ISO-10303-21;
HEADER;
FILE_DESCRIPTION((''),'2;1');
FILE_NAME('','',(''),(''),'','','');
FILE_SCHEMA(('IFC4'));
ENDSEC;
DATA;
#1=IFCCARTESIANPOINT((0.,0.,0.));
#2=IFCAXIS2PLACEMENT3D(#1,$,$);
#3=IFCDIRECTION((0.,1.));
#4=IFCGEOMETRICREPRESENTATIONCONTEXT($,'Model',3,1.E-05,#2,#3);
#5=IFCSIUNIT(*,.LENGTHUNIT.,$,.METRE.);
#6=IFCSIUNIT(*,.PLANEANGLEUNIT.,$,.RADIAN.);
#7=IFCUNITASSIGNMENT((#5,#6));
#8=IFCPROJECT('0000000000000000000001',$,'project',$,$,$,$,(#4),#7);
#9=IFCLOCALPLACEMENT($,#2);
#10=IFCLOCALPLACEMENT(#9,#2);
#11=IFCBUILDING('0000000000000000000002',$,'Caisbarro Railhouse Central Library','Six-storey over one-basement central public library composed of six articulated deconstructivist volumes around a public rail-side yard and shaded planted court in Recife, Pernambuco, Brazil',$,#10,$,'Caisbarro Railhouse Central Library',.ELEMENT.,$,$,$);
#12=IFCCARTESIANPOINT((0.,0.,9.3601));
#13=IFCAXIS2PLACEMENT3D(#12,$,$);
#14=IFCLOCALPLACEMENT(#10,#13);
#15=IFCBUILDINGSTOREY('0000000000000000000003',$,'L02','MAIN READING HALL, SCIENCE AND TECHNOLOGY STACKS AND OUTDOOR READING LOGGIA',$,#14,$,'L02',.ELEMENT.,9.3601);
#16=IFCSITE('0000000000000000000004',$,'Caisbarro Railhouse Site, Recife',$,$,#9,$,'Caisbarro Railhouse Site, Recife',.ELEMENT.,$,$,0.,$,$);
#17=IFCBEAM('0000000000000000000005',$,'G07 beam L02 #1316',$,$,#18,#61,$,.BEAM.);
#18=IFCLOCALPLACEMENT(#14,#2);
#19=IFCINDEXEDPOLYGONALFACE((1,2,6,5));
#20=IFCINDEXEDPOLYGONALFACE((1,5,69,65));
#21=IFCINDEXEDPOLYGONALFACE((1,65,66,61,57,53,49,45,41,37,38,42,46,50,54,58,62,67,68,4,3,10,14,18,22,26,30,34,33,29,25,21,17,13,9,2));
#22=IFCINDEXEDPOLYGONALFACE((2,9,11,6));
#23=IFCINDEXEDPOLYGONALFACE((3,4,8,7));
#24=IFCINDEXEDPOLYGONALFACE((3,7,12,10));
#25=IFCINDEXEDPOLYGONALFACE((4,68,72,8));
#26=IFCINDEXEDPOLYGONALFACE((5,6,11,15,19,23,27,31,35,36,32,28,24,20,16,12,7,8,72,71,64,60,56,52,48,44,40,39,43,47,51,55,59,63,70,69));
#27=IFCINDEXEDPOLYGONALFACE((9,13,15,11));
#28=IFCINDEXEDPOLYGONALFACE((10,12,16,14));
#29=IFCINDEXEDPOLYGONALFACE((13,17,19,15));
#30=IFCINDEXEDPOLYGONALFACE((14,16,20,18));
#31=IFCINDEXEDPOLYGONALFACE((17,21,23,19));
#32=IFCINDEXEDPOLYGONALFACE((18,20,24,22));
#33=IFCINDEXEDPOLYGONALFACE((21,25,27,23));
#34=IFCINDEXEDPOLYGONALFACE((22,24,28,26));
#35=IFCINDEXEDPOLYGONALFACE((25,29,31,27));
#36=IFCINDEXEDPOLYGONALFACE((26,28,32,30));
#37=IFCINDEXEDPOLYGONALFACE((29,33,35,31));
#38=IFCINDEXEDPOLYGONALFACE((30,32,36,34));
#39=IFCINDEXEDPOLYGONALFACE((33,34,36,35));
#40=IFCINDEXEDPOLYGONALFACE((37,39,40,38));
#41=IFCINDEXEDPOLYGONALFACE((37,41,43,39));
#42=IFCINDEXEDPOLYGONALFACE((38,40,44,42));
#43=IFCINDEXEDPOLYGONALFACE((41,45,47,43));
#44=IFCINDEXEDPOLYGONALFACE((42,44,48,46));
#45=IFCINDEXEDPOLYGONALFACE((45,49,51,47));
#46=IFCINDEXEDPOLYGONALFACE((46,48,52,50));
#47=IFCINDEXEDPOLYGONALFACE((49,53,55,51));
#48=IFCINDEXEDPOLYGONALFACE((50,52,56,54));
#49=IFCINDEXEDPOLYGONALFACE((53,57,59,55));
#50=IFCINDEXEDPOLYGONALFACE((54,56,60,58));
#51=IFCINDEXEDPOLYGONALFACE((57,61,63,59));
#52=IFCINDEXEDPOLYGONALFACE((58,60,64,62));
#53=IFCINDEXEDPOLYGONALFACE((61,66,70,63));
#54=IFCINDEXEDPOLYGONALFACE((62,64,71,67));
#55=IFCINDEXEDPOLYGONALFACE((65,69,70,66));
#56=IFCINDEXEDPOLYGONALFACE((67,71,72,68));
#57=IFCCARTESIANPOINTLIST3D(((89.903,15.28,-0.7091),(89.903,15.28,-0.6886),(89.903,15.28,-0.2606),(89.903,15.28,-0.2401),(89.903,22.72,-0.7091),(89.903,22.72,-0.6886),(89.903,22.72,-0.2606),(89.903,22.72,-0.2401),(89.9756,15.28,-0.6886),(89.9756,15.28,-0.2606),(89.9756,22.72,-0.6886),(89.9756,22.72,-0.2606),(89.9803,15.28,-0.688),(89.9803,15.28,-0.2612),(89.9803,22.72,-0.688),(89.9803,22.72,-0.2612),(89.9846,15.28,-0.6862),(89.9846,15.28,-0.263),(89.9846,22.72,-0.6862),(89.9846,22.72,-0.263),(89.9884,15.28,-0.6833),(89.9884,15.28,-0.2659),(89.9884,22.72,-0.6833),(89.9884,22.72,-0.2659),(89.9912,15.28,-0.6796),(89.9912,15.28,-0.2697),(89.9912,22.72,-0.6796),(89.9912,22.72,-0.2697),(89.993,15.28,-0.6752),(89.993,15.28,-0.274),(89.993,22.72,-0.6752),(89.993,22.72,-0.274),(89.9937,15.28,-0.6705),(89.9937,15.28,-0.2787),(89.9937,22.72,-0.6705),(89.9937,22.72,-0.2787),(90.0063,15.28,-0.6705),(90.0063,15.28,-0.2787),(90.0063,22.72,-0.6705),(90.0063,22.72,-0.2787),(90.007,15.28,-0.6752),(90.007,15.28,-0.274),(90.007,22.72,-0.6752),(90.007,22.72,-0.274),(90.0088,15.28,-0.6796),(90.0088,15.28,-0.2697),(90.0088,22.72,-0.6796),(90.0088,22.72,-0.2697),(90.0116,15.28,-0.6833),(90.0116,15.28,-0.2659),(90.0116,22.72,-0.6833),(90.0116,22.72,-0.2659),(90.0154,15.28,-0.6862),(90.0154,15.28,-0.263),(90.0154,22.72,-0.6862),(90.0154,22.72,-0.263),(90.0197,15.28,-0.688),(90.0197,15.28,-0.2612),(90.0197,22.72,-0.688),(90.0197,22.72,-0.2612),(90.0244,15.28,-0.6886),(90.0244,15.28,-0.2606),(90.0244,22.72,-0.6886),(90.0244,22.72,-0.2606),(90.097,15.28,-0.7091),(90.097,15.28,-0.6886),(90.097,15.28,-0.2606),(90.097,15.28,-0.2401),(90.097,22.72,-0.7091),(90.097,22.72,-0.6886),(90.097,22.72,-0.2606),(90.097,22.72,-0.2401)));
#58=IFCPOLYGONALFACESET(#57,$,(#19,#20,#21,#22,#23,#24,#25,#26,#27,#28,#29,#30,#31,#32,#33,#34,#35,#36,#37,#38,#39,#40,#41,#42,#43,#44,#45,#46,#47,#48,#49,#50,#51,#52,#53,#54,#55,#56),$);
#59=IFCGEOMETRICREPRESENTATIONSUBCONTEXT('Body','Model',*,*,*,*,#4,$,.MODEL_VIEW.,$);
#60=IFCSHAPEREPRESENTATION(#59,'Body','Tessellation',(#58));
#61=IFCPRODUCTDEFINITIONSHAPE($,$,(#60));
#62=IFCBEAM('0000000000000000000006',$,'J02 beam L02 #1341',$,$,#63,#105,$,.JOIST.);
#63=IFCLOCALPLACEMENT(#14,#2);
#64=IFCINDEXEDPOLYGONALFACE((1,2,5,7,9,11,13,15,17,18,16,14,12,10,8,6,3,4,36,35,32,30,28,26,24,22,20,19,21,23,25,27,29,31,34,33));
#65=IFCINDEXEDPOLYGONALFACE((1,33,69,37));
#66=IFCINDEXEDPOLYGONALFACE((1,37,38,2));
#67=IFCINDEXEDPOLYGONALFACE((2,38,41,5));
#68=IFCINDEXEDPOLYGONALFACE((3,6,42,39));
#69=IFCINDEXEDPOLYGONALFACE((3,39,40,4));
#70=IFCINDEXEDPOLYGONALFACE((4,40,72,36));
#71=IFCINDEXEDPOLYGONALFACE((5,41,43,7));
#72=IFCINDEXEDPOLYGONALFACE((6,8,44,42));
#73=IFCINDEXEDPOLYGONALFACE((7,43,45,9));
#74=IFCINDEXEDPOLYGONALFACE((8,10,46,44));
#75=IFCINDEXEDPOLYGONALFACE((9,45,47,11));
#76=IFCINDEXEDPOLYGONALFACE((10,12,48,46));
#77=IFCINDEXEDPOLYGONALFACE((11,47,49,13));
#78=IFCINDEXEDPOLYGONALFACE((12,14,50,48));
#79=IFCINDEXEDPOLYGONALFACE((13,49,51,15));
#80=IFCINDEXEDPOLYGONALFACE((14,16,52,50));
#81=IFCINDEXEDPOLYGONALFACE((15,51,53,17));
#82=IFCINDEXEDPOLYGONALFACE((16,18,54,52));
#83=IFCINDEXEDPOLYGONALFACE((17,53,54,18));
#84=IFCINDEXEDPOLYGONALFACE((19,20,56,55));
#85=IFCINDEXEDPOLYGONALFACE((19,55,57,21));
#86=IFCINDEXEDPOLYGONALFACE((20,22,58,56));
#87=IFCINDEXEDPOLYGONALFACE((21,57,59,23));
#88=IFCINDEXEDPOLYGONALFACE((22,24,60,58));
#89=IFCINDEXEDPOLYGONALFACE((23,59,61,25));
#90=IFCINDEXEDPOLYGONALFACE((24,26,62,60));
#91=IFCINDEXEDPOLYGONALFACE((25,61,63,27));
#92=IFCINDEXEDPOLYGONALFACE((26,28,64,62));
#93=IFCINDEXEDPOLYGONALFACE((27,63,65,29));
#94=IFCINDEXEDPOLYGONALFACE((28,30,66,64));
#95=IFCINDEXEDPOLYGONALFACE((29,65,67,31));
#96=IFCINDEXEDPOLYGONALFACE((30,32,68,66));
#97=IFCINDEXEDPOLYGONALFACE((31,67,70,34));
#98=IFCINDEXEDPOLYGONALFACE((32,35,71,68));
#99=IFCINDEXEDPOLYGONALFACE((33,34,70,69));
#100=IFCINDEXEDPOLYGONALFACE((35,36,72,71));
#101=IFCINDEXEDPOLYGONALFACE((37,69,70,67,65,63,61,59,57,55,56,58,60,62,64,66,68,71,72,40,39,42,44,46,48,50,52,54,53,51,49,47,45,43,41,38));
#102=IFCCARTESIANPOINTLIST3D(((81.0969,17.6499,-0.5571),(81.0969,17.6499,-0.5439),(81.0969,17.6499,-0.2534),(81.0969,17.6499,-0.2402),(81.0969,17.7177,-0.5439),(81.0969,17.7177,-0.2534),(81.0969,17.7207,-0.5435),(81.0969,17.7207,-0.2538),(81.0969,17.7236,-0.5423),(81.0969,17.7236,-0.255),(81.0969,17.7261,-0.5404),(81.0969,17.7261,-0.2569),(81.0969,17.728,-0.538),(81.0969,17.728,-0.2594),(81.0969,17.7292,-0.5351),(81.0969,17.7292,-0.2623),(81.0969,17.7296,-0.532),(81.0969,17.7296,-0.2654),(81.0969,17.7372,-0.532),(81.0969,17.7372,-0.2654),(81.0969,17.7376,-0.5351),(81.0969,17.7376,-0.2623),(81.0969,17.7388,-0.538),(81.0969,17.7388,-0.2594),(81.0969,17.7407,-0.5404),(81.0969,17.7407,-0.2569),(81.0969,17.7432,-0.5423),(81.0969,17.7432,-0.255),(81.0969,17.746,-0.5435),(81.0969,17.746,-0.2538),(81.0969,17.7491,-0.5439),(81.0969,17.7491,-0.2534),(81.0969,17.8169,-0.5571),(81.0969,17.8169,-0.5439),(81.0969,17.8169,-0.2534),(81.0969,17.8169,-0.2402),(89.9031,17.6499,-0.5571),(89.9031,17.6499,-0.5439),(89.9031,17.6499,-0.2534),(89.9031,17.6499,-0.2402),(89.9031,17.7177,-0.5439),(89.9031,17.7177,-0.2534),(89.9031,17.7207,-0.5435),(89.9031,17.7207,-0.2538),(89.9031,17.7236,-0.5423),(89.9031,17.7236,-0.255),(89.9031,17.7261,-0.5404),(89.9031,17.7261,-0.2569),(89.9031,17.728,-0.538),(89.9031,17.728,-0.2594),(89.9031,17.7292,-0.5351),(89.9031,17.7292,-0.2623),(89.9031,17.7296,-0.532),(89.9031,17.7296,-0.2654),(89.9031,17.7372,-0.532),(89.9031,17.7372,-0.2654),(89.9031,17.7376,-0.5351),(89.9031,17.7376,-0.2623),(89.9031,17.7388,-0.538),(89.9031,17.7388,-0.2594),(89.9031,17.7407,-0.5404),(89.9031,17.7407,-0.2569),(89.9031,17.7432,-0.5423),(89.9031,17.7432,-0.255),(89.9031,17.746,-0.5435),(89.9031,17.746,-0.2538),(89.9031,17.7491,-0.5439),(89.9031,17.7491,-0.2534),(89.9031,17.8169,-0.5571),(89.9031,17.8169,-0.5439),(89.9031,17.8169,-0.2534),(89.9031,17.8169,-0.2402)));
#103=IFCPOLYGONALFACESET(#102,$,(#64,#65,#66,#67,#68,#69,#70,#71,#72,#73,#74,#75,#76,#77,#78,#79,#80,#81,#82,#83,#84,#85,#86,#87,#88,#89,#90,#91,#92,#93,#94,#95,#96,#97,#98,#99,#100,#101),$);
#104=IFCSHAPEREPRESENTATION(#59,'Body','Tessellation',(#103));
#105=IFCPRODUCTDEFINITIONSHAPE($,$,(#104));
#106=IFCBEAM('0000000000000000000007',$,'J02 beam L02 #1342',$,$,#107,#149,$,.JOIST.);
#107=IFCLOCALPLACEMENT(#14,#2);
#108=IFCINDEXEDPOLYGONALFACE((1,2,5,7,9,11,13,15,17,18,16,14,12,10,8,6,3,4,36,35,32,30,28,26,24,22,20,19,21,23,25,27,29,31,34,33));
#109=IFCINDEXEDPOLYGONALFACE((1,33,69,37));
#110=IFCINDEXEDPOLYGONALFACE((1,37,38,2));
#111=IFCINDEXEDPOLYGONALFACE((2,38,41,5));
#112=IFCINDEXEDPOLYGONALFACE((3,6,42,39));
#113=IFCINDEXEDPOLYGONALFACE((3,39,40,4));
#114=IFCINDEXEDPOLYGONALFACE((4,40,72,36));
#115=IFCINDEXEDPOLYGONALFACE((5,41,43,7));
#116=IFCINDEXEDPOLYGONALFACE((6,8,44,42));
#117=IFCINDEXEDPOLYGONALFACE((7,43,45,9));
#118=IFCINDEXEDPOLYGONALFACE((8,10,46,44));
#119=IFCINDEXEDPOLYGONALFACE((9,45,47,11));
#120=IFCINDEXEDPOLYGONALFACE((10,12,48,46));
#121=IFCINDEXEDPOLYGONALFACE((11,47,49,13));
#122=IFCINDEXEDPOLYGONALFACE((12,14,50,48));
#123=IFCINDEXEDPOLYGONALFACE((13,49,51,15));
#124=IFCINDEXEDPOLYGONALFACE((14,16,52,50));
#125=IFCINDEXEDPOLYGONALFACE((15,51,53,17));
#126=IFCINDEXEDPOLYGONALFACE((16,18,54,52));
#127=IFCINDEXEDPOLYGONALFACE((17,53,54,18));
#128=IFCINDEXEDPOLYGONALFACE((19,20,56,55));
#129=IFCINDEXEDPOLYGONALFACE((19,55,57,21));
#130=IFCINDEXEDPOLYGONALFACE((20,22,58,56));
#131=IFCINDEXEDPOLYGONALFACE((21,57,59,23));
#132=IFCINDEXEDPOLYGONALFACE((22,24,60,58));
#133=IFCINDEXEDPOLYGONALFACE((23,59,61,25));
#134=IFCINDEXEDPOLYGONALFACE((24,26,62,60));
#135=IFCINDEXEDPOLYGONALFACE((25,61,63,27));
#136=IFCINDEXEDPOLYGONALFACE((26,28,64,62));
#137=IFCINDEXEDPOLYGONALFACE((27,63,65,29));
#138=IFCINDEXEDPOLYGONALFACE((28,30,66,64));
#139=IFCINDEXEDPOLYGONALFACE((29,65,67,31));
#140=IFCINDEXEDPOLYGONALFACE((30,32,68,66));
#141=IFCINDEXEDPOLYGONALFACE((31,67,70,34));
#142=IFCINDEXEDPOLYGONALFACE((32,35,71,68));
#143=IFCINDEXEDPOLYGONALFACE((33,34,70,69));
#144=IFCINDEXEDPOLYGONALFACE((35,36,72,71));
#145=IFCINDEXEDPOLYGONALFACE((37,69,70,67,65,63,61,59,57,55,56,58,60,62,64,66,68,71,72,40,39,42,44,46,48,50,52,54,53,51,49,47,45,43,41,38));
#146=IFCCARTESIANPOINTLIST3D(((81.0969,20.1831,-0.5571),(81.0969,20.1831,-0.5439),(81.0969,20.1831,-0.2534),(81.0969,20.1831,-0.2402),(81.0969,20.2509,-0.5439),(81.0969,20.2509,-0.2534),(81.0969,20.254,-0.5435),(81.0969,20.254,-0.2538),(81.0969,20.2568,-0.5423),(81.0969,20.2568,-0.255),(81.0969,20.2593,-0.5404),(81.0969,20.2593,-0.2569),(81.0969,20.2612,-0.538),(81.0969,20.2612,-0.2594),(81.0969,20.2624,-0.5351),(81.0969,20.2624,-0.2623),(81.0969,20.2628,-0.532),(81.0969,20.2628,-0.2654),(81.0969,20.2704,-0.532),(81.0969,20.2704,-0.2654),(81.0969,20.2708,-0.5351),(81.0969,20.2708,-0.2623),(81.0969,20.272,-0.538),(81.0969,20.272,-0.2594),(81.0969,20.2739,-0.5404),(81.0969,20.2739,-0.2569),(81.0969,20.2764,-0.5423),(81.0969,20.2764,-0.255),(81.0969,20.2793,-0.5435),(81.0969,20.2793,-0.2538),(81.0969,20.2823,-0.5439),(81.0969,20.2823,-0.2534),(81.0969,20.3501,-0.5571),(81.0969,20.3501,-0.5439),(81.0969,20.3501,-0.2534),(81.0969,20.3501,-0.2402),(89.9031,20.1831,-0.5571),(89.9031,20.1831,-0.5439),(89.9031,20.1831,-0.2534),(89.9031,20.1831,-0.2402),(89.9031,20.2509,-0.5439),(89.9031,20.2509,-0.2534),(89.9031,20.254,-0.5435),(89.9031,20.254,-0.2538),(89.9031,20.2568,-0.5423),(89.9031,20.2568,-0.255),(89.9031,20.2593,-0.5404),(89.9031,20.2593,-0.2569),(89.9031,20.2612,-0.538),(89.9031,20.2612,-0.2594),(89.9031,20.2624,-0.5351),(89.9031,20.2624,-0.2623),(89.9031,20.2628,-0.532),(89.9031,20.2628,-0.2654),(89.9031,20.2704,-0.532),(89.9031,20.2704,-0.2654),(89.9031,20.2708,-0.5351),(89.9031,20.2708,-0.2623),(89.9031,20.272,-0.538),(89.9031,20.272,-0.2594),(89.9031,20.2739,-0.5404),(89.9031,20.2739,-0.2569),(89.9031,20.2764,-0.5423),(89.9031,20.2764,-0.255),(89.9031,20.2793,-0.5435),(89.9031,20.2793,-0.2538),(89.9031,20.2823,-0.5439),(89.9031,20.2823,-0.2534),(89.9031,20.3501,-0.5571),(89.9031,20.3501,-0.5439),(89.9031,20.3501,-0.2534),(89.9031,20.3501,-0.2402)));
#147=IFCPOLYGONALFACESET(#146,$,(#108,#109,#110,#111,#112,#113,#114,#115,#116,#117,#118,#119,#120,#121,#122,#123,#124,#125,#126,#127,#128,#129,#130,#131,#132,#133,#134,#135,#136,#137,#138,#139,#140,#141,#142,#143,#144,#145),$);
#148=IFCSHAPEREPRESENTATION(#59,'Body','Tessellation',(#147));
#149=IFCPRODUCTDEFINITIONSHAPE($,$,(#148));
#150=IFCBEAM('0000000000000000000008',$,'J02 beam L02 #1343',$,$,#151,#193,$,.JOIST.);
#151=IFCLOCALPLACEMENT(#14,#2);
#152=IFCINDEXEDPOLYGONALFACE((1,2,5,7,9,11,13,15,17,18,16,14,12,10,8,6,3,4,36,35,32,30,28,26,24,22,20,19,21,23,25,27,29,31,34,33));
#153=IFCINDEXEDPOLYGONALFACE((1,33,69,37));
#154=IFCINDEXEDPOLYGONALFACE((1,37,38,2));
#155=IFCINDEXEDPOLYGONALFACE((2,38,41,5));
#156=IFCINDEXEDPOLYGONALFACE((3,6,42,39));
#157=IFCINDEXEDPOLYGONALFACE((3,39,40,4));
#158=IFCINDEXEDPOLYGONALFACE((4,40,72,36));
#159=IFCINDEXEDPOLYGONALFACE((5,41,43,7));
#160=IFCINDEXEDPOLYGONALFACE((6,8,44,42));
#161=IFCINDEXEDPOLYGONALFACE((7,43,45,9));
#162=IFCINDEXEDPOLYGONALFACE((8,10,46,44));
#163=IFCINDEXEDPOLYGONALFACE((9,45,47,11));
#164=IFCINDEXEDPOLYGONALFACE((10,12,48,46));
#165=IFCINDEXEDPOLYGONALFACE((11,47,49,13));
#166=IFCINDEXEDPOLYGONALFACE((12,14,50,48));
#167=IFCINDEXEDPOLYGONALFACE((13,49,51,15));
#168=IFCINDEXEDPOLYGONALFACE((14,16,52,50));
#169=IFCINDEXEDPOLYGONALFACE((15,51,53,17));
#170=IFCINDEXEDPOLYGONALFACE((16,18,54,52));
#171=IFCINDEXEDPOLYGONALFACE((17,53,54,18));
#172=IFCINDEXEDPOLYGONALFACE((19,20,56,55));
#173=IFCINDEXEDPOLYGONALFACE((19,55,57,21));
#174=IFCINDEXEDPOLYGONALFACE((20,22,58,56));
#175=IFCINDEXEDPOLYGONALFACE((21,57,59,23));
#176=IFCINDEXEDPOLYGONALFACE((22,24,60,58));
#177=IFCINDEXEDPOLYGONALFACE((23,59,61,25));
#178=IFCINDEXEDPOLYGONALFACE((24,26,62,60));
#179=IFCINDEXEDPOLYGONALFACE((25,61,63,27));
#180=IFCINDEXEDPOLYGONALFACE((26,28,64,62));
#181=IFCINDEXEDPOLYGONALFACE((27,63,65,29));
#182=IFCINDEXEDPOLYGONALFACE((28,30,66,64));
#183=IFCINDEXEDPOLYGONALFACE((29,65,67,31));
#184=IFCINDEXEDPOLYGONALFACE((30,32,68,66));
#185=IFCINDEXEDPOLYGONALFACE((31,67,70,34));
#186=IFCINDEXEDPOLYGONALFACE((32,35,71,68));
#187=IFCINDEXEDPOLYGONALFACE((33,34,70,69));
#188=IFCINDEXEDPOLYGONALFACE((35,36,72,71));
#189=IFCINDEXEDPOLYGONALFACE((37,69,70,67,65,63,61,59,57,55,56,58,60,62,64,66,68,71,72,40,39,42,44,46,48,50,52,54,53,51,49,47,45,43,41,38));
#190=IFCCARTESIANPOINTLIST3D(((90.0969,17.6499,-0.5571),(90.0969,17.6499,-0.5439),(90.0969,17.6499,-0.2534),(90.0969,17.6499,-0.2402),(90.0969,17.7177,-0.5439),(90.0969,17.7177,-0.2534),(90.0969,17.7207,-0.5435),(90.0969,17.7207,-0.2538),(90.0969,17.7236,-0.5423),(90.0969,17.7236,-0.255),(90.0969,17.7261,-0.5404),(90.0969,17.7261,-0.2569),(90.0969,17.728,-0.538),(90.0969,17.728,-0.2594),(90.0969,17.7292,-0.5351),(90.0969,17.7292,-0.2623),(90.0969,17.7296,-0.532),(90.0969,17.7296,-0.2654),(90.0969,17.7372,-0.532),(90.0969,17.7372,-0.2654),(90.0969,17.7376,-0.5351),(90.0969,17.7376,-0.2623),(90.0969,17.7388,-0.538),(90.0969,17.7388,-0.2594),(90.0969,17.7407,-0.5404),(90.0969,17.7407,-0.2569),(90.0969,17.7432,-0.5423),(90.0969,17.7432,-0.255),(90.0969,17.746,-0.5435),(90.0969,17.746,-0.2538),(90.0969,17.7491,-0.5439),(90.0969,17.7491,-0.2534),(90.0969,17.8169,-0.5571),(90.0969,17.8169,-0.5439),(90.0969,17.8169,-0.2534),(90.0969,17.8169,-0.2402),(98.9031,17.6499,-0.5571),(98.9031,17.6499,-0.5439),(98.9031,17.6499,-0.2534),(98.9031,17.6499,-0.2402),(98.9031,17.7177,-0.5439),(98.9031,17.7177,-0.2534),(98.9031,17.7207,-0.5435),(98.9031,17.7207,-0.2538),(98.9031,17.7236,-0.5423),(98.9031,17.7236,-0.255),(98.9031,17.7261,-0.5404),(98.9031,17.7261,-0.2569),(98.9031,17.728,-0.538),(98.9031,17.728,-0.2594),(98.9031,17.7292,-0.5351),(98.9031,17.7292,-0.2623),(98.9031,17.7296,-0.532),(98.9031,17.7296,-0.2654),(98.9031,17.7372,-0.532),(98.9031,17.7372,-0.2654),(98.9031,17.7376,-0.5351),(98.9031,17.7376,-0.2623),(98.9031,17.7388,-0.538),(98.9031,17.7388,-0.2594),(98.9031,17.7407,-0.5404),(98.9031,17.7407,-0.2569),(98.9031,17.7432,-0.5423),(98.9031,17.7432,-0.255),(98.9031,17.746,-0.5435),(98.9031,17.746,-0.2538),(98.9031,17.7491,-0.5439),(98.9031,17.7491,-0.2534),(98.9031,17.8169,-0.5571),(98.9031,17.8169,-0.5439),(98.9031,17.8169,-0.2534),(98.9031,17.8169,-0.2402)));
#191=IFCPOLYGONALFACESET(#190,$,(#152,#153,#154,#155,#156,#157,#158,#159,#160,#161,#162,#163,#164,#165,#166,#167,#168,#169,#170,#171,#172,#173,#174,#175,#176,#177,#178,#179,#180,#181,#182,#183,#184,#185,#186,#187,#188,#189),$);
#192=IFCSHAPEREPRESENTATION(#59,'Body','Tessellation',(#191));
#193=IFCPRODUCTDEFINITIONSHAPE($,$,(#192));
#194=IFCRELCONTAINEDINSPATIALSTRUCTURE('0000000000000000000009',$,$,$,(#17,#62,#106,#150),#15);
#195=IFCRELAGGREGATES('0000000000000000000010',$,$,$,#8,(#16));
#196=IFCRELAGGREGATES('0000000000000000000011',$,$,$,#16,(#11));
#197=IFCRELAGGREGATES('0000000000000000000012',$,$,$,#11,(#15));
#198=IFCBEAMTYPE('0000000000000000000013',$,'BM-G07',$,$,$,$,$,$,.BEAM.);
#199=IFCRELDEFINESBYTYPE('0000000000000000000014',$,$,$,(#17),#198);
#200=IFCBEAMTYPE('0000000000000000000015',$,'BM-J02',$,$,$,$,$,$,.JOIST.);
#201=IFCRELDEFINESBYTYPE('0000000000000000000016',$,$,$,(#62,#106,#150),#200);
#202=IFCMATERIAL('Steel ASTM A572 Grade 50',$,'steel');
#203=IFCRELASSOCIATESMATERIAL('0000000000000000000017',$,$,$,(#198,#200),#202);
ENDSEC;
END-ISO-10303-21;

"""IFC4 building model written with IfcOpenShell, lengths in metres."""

from ifc_helpers import new_model, si_unit, direction, frame, origin, origin_2d, place, context, subcontext, project, spatial, i_section, extrude, material, material_profile, profile_set, type_object, element, save


model = new_model("IFC4")

# Units and contexts
model_context = context("Model", 3, precision=1e-05, world=origin(), true_north=direction((0.0, 1.0)))
body_context = subcontext(model_context, "Body", "Model", "MODEL_VIEW")
ifc_project = project(units=[si_unit("LENGTHUNIT", "METRE"), si_unit("PLANEANGLEUNIT", "RADIAN")], contexts=[model_context])

# Site, building, storey
site_placement = place(None, origin())
site = spatial("IfcSite", under=ifc_project, at=site_placement, Name="Caisbarro Railhouse Site, Recife", LongName="Caisbarro Railhouse Site, Recife", CompositionType="ELEMENT", RefElevation=0.0)
building_placement = place(site_placement, origin())
building = spatial("IfcBuilding", under=site, at=building_placement, Name="Caisbarro Railhouse Central Library", Description="Six-storey over one-basement central public library composed of six articulated deconstructivist volumes around a public rail-side yard and shaded planted court in Recife, Pernambuco, Brazil", LongName="Caisbarro Railhouse Central Library", CompositionType="ELEMENT")
storey_placement = place(building_placement, frame((0.0, 0.0, 9.3601)))
storey = spatial("IfcBuildingStorey", under=building, at=storey_placement, Name="L02", Description="MAIN READING HALL, SCIENCE AND TECHNOLOGY STACKS AND OUTDOOR READING LOGGIA", LongName="L02", CompositionType="ELEMENT", Elevation=9.3601)

# Shared definitions
ifc_material_1 = material(Name="Steel ASTM A572 Grade 50", Category="steel")

# Beams
ifc_material_profile_1 = material_profile(ifc_material_1, i_section(OverallWidth=0.1941, OverallDepth=0.469, WebThickness=0.0127, FlangeThickness=0.0205, FilletRadius=0.0181, at=origin_2d()), Name="W460X106.0")
ifc_profile_set_1 = profile_set([ifc_material_profile_1], Name="Steel ASTM A572 Grade 50")
beam_type_1 = type_object("IfcBeamType", Name="BM-G07", PredefinedType="BEAM", material=ifc_profile_set_1)
for number, where, z_axis, x_axis, name in (
    (1, (90.0, 15.28, -0.4746), (0.0, 1.0, 0.0), (-1.0, 0.0, 0.0), "G07 beam L02 #1316"),
):
    element("IfcBeam", number, at=place(storey_placement, frame(where, z_axis=z_axis, x_axis=x_axis)), inside=storey, type_object=beam_type_1, Name=name, PredefinedType="BEAM", context=body_context, shape_type="SweptSolid", body=[
        extrude(i_section(OverallWidth=0.1941, OverallDepth=0.469, WebThickness=0.0127, FlangeThickness=0.0205, FilletRadius=0.0181, at=origin_2d()), origin(), (0.0, 0.0, 1.0), 7.4399),
    ])
ifc_material_profile_2 = material_profile(ifc_material_1, i_section(OverallWidth=0.167, OverallDepth=0.3169, WebThickness=0.0076, FlangeThickness=0.0132, FilletRadius=0.012, at=origin_2d()), Name="W310X52.0")
ifc_profile_set_2 = profile_set([ifc_material_profile_2], Name="Steel ASTM A572 Grade 50")
beam_type_2 = type_object("IfcBeamType", Name="BM-J02", PredefinedType="JOIST", material=ifc_profile_set_2)
for number, where, z_axis, x_axis, name in (
    (2, (81.0969, 17.7334, -0.3987), (1.0, 0.0, 0.0), (0.0, 1.0, 0.0), "J02 beam L02 #1341"),
    (3, (81.0969, 20.2666, -0.3987), (1.0, 0.0, 0.0), (0.0, 1.0, 0.0), "J02 beam L02 #1342"),
    (4, (90.0969, 17.7334, -0.3987), (1.0, 0.0, 0.0), (0.0, 1.0, 0.0), "J02 beam L02 #1343"),
):
    element("IfcBeam", number, at=place(storey_placement, frame(where, z_axis=z_axis, x_axis=x_axis)), inside=storey, type_object=beam_type_2, Name=name, PredefinedType="JOIST", context=body_context, shape_type="SweptSolid", body=[
        extrude(i_section(OverallWidth=0.167, OverallDepth=0.3169, WebThickness=0.0076, FlangeThickness=0.0132, FilletRadius=0.012, at=origin_2d()), origin(), (0.0, 0.0, 1.0), 8.8062),
    ])

save(model, "model.ifc")
